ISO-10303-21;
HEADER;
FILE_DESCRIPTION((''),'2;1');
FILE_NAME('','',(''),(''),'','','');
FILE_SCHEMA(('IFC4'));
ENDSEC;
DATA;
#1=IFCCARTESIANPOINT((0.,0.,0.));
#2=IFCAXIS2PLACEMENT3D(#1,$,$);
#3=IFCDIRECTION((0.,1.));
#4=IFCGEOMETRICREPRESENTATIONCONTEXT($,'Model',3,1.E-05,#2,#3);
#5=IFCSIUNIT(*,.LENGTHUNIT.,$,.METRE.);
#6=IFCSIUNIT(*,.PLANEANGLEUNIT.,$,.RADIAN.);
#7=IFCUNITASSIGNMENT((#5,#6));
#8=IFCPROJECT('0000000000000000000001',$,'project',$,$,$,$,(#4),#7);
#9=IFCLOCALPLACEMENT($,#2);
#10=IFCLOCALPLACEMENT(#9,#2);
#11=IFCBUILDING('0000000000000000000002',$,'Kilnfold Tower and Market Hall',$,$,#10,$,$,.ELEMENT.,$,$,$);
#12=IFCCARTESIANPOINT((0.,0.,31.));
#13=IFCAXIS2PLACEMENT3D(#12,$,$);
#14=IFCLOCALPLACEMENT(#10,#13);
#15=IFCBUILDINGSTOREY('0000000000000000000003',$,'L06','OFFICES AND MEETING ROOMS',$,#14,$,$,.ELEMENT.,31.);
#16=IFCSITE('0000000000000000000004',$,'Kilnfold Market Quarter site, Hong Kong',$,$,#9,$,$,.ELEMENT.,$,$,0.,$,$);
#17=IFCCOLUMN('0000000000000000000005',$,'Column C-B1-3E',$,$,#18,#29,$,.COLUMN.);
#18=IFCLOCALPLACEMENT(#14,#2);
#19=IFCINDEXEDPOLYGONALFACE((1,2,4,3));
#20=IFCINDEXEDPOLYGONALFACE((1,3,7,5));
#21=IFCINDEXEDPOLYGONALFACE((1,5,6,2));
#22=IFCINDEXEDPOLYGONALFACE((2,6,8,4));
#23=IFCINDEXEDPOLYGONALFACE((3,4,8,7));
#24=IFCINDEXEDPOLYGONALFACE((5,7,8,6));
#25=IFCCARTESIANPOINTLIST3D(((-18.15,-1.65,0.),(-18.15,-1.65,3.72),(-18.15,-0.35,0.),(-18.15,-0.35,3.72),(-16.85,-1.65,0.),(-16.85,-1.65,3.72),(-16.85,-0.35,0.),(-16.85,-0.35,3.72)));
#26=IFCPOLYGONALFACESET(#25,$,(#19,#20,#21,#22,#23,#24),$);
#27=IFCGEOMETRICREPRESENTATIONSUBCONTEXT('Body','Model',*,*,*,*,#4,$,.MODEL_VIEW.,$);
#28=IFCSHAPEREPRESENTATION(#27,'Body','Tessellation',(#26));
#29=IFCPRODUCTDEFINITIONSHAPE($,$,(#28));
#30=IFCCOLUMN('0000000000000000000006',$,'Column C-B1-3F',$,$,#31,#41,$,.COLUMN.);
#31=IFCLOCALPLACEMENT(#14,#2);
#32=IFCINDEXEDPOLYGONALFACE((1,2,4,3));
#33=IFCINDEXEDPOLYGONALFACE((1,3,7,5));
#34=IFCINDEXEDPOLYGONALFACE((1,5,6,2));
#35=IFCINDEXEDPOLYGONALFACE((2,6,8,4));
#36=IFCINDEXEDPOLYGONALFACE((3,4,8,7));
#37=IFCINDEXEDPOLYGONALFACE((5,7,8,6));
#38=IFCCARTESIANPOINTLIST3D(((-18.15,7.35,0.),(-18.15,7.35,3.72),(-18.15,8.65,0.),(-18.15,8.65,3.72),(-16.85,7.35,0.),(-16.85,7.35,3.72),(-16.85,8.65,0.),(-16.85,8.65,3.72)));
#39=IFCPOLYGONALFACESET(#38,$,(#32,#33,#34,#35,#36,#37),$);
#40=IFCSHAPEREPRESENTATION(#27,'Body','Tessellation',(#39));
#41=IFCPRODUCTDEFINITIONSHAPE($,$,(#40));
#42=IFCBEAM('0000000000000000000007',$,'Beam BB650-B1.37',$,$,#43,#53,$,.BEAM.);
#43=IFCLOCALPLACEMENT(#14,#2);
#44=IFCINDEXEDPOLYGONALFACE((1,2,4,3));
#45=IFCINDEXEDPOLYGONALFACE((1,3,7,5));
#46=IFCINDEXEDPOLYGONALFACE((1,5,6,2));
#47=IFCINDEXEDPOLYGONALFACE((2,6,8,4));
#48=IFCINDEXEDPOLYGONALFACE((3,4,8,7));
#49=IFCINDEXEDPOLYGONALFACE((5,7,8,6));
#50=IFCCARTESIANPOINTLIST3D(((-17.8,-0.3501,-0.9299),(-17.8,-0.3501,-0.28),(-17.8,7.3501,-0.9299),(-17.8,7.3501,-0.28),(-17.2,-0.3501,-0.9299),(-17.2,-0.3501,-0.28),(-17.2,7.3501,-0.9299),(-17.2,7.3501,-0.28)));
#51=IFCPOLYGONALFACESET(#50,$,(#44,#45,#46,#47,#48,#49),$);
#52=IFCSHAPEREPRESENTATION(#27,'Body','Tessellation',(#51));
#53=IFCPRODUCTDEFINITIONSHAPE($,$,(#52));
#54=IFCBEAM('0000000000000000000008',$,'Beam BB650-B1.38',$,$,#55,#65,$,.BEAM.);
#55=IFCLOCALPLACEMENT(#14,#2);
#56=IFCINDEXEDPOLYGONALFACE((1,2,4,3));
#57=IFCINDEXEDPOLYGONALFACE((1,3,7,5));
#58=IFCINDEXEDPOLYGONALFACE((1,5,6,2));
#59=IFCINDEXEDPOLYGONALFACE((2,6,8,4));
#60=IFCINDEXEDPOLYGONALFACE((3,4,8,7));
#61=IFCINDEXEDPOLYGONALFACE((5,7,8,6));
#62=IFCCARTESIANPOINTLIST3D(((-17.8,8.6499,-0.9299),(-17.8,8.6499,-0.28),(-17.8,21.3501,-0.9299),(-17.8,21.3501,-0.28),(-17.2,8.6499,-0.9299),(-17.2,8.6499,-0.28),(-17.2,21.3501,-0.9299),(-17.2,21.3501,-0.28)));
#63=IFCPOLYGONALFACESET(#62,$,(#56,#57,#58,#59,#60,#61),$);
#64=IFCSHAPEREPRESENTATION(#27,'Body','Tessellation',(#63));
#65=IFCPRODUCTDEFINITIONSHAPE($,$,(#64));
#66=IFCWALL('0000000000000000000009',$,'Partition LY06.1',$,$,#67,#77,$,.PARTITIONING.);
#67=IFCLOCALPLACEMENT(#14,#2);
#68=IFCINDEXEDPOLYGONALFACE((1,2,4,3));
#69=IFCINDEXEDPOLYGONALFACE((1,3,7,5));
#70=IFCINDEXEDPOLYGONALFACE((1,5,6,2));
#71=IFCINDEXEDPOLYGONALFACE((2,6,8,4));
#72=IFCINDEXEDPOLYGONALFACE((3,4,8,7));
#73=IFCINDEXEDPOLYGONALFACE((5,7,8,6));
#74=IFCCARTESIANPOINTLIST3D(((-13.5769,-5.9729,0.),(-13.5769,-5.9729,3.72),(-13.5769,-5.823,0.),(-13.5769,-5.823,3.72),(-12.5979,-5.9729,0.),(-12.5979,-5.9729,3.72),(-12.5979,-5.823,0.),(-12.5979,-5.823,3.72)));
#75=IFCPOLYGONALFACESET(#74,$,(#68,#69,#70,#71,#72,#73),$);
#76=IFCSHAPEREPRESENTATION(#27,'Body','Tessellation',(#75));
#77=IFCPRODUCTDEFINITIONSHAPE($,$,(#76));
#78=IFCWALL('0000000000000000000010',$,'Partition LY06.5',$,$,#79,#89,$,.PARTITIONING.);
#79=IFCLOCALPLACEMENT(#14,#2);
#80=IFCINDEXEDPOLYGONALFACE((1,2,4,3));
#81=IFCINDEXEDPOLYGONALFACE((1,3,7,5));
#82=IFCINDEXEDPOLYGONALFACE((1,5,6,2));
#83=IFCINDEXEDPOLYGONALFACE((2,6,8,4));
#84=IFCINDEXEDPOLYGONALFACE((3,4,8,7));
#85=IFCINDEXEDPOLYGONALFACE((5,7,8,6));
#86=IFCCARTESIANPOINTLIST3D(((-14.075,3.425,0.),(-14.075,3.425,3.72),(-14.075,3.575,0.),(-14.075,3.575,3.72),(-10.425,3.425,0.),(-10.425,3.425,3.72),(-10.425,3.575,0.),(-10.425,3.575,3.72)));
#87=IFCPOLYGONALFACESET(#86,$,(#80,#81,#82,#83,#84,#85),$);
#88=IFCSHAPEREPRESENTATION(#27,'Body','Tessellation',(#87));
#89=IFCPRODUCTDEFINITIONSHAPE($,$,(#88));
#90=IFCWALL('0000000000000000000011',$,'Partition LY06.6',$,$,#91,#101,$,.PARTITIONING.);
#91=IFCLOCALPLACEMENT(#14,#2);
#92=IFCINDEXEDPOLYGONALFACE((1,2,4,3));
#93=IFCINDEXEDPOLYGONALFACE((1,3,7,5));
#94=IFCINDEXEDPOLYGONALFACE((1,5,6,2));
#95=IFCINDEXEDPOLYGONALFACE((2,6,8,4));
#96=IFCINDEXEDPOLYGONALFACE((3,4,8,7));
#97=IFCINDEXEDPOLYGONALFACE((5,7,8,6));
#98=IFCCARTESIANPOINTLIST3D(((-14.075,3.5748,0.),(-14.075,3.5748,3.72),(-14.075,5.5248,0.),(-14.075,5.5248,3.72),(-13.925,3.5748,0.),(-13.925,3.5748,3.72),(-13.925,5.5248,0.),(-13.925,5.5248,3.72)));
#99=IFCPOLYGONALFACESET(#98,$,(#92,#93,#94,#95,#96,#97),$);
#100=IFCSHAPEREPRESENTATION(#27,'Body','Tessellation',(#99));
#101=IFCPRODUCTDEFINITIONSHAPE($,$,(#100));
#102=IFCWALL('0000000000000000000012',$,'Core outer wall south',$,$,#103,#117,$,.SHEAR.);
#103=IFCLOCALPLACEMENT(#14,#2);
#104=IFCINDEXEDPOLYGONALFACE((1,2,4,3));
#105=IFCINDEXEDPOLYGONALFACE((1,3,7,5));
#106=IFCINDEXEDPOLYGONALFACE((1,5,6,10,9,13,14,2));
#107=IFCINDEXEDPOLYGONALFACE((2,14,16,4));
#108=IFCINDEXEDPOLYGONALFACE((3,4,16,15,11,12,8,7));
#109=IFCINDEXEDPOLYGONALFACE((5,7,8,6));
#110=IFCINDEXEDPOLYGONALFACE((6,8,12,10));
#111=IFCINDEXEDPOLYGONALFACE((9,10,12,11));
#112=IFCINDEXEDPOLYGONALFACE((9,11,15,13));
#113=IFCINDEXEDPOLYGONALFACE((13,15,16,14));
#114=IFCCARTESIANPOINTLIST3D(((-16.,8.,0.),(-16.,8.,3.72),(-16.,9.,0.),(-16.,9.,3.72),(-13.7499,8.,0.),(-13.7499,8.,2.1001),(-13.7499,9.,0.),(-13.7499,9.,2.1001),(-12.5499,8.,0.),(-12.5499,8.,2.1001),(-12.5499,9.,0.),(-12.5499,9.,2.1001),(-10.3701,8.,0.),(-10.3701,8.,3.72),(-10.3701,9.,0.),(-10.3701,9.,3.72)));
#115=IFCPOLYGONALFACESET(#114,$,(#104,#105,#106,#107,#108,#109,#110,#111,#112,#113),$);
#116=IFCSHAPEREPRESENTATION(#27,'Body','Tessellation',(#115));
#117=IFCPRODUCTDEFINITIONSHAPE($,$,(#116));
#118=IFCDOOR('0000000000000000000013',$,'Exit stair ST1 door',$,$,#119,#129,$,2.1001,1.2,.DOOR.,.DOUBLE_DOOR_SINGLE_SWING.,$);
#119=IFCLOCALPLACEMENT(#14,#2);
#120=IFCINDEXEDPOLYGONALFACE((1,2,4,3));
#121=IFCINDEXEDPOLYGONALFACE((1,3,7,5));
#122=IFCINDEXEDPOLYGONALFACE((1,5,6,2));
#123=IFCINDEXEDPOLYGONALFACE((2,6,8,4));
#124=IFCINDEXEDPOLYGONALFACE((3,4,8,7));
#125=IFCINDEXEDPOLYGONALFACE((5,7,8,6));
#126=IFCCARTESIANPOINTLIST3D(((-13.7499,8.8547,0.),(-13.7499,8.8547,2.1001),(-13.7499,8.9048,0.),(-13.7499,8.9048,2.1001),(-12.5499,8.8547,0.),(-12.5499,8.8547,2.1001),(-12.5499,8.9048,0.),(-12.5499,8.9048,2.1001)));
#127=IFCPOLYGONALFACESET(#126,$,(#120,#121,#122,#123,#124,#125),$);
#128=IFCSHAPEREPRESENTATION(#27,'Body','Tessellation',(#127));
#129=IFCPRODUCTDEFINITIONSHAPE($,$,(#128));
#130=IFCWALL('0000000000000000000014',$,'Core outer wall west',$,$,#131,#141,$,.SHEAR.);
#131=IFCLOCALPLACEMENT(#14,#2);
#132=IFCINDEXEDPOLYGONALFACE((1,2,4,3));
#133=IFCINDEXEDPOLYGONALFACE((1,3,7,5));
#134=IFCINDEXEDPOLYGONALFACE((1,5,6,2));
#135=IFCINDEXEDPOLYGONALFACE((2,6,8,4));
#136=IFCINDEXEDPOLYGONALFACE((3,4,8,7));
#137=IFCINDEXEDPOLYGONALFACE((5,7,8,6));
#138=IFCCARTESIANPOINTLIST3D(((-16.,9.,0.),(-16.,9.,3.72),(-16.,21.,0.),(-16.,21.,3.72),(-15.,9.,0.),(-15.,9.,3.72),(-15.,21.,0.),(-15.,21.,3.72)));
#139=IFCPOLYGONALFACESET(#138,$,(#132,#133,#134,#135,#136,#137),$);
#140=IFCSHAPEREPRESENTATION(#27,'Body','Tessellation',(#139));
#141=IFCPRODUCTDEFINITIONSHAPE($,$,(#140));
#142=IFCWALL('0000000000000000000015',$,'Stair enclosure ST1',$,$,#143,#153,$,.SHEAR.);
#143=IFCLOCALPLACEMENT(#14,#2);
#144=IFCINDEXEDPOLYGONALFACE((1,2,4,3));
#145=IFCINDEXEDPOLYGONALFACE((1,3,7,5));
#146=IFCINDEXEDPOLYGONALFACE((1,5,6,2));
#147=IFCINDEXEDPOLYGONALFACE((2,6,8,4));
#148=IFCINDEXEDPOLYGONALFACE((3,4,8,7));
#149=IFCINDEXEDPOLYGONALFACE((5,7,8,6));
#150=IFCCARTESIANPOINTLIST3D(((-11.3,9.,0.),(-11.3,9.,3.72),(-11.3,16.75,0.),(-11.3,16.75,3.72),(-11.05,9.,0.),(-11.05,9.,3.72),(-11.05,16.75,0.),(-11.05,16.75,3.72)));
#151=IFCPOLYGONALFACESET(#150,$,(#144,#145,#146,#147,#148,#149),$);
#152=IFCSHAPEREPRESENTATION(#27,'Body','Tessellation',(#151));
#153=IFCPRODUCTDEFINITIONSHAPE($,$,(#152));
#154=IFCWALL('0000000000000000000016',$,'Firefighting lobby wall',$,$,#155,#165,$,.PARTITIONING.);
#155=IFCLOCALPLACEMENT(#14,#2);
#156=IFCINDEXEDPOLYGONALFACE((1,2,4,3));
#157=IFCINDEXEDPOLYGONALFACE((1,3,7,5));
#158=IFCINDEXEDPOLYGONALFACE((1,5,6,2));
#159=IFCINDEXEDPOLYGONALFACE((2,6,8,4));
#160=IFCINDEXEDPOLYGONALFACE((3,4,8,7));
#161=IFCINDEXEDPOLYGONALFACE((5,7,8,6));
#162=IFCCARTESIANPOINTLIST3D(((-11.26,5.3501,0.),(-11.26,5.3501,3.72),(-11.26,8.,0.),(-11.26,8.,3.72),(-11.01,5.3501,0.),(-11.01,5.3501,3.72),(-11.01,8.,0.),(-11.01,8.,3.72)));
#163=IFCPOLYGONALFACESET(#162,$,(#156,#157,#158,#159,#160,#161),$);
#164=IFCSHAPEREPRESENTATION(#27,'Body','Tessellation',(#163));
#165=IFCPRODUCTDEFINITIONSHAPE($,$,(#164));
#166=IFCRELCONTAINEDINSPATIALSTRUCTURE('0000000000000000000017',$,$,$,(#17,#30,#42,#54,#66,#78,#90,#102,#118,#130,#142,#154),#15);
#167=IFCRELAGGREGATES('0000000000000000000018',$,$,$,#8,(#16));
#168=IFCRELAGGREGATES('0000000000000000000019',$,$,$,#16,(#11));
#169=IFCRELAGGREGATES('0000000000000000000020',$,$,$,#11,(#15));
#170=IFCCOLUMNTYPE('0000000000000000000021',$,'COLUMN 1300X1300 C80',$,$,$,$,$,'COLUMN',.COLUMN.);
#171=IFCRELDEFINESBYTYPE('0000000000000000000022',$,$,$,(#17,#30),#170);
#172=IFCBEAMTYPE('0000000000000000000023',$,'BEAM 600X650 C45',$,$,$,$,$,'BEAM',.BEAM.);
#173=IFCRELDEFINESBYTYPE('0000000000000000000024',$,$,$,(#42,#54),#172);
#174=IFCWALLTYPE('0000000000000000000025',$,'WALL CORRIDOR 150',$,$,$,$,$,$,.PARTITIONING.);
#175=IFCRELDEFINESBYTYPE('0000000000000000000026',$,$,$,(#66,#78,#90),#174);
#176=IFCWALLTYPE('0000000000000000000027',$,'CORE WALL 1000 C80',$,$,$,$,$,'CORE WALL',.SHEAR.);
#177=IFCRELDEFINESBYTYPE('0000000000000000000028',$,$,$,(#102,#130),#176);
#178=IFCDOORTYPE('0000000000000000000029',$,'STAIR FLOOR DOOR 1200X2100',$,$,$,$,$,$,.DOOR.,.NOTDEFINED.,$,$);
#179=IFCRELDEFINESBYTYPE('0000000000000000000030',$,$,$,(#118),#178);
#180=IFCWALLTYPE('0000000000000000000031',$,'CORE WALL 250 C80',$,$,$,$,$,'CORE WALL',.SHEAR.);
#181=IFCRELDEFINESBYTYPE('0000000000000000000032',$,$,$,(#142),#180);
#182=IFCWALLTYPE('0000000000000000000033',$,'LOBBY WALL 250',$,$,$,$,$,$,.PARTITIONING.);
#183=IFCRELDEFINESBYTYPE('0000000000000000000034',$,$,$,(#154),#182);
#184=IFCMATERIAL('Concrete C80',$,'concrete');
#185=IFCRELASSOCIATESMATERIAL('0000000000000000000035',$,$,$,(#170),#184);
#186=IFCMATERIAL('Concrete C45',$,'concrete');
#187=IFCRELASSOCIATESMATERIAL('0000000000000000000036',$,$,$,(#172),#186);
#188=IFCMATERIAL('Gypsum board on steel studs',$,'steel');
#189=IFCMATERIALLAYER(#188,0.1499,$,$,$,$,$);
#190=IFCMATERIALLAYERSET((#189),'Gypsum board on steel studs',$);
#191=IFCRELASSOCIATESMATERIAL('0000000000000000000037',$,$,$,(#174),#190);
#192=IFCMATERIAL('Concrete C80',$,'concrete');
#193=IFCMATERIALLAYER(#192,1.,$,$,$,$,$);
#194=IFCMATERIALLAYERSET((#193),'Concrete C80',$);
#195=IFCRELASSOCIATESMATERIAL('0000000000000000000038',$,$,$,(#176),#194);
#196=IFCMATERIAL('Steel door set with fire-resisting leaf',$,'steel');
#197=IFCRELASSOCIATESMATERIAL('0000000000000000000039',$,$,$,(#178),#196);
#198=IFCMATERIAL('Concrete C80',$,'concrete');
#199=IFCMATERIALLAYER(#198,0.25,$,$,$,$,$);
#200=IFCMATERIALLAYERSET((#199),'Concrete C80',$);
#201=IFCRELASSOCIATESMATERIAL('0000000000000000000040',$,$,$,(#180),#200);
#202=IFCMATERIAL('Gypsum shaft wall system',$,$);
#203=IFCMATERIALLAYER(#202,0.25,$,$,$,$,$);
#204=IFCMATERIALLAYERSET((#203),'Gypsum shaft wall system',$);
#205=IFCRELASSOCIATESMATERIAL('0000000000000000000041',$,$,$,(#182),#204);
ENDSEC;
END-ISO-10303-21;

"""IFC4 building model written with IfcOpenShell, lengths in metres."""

from ifc_helpers import new_model, si_unit, direction, frame, frame_2d, origin, origin_2d, place, context, subcontext, project, spatial, rectangle, extrude, source, transform, mapped, material, layer, layer_set, material_profile, profile_set, type_object, element, fill, save


model = new_model("IFC4")

# Units and contexts
model_context = context("Model", 3, precision=1e-05, world=origin(), true_north=direction((0.0, 1.0)))
body_context = subcontext(model_context, "Body", "Model", "MODEL_VIEW")
ifc_project = project(units=[si_unit("LENGTHUNIT", "METRE"), si_unit("PLANEANGLEUNIT", "RADIAN")], contexts=[model_context])

# Site, building, storey
site_placement = place(None, origin())
site = spatial("IfcSite", under=ifc_project, at=site_placement, Name="Kilnfold Market Quarter site, Hong Kong", CompositionType="ELEMENT", RefElevation=0.0)
building_placement = place(site_placement, origin())
building = spatial("IfcBuilding", under=site, at=building_placement, Name="Kilnfold Tower and Market Hall", CompositionType="ELEMENT")
storey_placement = place(building_placement, frame((0.0, 0.0, 31.0)))
storey = spatial("IfcBuildingStorey", under=building, at=storey_placement, Name="L06", Description="OFFICES AND MEETING ROOMS", CompositionType="ELEMENT", Elevation=31.0)

# Columns
ifc_material_1 = material(Name="Concrete C80", Category="concrete")
ifc_material_profile_1 = material_profile(ifc_material_1, rectangle(XDim=1.3, YDim=1.3, at=origin_2d()), Name="RC 1300x1300")
ifc_profile_set_1 = profile_set([ifc_material_profile_1], Name="Concrete C80")
column_type = type_object("IfcColumnType", Name="COLUMN 1300X1300 C80", ElementType="COLUMN", PredefinedType="COLUMN", material=ifc_profile_set_1)
shared_shape_1 = source(origin(), body_context, "Body", "SweptSolid", [
    extrude(rectangle(XDim=1.3, YDim=1.3, at=origin_2d()), origin(), (0.0, 0.0, 1.0), 3.72),
])
for number, where, z_axis, x_axis, name in (
    (1, (-17.5, -1.0, 0.0), (0.0, 0.0, 1.0), (1.0, 0.0, 0.0), "Column C-B1-3E"),
    (2, (-17.5, 8.0, 0.0), (0.0, 0.0, 1.0), (1.0, 0.0, 0.0), "Column C-B1-3F"),
):
    element("IfcColumn", number, at=place(storey_placement, frame(where, z_axis=z_axis, x_axis=x_axis)), inside=storey, type_object=column_type, Name=name, PredefinedType="COLUMN", context=body_context, shape_type="MappedRepresentation", body=[
        mapped(shared_shape_1, transform((0.0, 0.0, 0.0))),
    ])

# Beams
ifc_material_2 = material(Name="Concrete C45", Category="concrete")
ifc_material_profile_2 = material_profile(ifc_material_2, rectangle(XDim=0.6001, YDim=0.6499, at=origin_2d()), Name="RC 600x650")
ifc_profile_set_2 = profile_set([ifc_material_profile_2], Name="Concrete C45")
beam_type = type_object("IfcBeamType", Name="BEAM 600X650 C45", ElementType="BEAM", PredefinedType="BEAM", material=ifc_profile_set_2)
shared_shape_2 = source(origin(), body_context, "Body", "SweptSolid", [
    extrude(rectangle(XDim=0.6001, YDim=0.6499, at=origin_2d()), origin(), (0.0, 0.0, 1.0), 7.7002),
])
beam_1_placement = place(storey_placement, frame((-17.5, -0.3501, -0.605), z_axis=(0.0, 1.0, 0.0), x_axis=(-1.0, 0.0, 0.0)))
element("IfcBeam", 3, at=beam_1_placement, inside=storey, type_object=beam_type, Name="Beam BB650-B1.37", PredefinedType="BEAM", context=body_context, shape_type="MappedRepresentation", body=[
    mapped(shared_shape_2, transform((0.0, 0.0, 0.0))),
])
shared_shape_3 = source(origin(), body_context, "Body", "SweptSolid", [
    extrude(rectangle(XDim=0.6001, YDim=0.6499, at=origin_2d()), origin(), (0.0, 0.0, 1.0), 12.7002),
])
beam_2_placement = place(storey_placement, frame((-17.5, 8.6499, -0.605), z_axis=(0.0, 1.0, 0.0), x_axis=(-1.0, 0.0, 0.0)))
element("IfcBeam", 4, at=beam_2_placement, inside=storey, type_object=beam_type, Name="Beam BB650-B1.38", PredefinedType="BEAM", context=body_context, shape_type="MappedRepresentation", body=[
    mapped(shared_shape_3, transform((0.0, 0.0, 0.0))),
])

# Walls
ifc_material_3 = material(Name="Gypsum board on steel studs", Category="steel")
ifc_layer_1 = layer(ifc_material_3, 0.1499)
ifc_layer_set_1 = layer_set([ifc_layer_1], Name="Gypsum board on steel studs")
wall_type_1 = type_object("IfcWallType", Name="WALL CORRIDOR 150", PredefinedType="PARTITIONING", material=ifc_layer_set_1)
wall_1_placement = place(storey_placement, frame((-12.5979, -5.8979, 0.0), z_axis=(0.0, 0.0, 1.0), x_axis=(-1.0, 0.0, 0.0)))
element("IfcWall", 5, at=wall_1_placement, inside=storey, type_object=wall_type_1, Name="Partition LY06.1", PredefinedType="PARTITIONING", context=body_context, shape_type="SweptSolid", body=[
    extrude(rectangle(XDim=0.979, YDim=0.1499, at=frame_2d((0.4895, 0.0))), origin(), (0.0, 0.0, 1.0), 3.72),
])
wall_2_placement = place(storey_placement, frame((-14.075, 3.5, 0.0), z_axis=(0.0, 0.0, 1.0), x_axis=(1.0, 0.0, 0.0)))
element("IfcWall", 6, at=wall_2_placement, inside=storey, type_object=wall_type_1, Name="Partition LY06.5", PredefinedType="PARTITIONING", context=body_context, shape_type="SweptSolid", body=[
    extrude(rectangle(XDim=3.6499, YDim=0.1499, at=frame_2d((1.825, 0.0))), origin(), (0.0, 0.0, 1.0), 3.72),
])
wall_3_placement = place(storey_placement, frame((-14.0, 5.5249, 0.0), z_axis=(0.0, 0.0, 1.0), x_axis=(0.0, -1.0, 0.0)))
element("IfcWall", 7, at=wall_3_placement, inside=storey, type_object=wall_type_1, Name="Partition LY06.6", PredefinedType="PARTITIONING", context=body_context, shape_type="SweptSolid", body=[
    extrude(rectangle(XDim=1.95, YDim=0.1499, at=frame_2d((0.9751, 0.0))), origin(), (0.0, 0.0, 1.0), 3.72),
])

# Wall, opening, door
ifc_material_4 = material(Name="Concrete C80", Category="concrete")
ifc_layer_2 = layer(ifc_material_4, 1.0)
ifc_layer_set_2 = layer_set([ifc_layer_2], Name="Concrete C80")
wall_type_2 = type_object("IfcWallType", Name="CORE WALL 1000 C80", ElementType="CORE WALL", PredefinedType="SHEAR", material=ifc_layer_set_2)
shared_shape_4 = source(origin(), body_context, "Body", "SweptSolid", [
    extrude(rectangle(XDim=5.6299, YDim=1.0, at=frame_2d((2.8149, 0.0))), origin(), (0.0, 0.0, 1.0), 3.72),
])
wall_4_placement = place(storey_placement, frame((-16.0, 8.5, 0.0), z_axis=(0.0, 0.0, 1.0), x_axis=(1.0, 0.0, 0.0)))
wall_4 = element("IfcWall", 8, at=wall_4_placement, inside=storey, type_object=wall_type_2, Name="Core outer wall south", PredefinedType="SHEAR", context=body_context, shape_type="MappedRepresentation", body=[
    mapped(shared_shape_4, transform((0.0, 0.0, 0.0))),
])
opening_1_placement = place(wall_4_placement, frame((2.25, 0.0, 0.0)))
opening_1 = element("IfcOpeningElement", 9, at=opening_1_placement, cuts=wall_4, PredefinedType="OPENING", context=body_context, shape_type="SweptSolid", body=[
    extrude(rectangle(XDim=1.2, YDim=2.1001, at=frame_2d((0.6001, 1.05))), frame((0.0, 0.51, 0.0), z_axis=(0.0, -1.0, 0.0), x_axis=(1.0, 0.0, 0.0)), (0.0, 0.0, 1.0), 1.02),
])
ifc_material_5 = material(Name="Steel door set with fire-resisting leaf", Category="steel")
door_type_1 = type_object("IfcDoorType", Name="STAIR FLOOR DOOR 1200X2100", OperationType="NOTDEFINED", PredefinedType="DOOR", material=ifc_material_5)
door_1_placement = place(opening_1_placement, origin())
door_1 = element("IfcDoor", 10, at=door_1_placement, inside=storey, type_object=door_type_1, Name="Exit stair ST1 door", OperationType="DOUBLE_DOOR_SINGLE_SWING", OverallHeight=2.1001, OverallWidth=1.2, PredefinedType="DOOR", context=body_context, shape_type="SweptSolid", body=[
    extrude(rectangle(XDim=1.2, YDim=2.1001, at=frame_2d((0.6001, 1.05))), frame((0.0, 0.4048, 0.0), z_axis=(0.0, -1.0, 0.0), x_axis=(1.0, 0.0, 0.0)), (0.0, 0.0, 1.0), 0.05),
])
fill(opening_1, door_1)

# Walls
shared_shape_5 = source(origin(), body_context, "Body", "SweptSolid", [
    extrude(rectangle(XDim=12.0, YDim=1.0, at=frame_2d((6.0, 0.0))), origin(), (0.0, 0.0, 1.0), 3.72),
])
wall_5_placement = place(storey_placement, frame((-15.5, 9.0, 0.0), z_axis=(0.0, 0.0, 1.0), x_axis=(0.0, 1.0, 0.0)))
element("IfcWall", 11, at=wall_5_placement, inside=storey, type_object=wall_type_2, Name="Core outer wall west", PredefinedType="SHEAR", context=body_context, shape_type="MappedRepresentation", body=[
    mapped(shared_shape_5, transform((0.0, 0.0, 0.0))),
])
ifc_material_6 = material(Name="Concrete C80", Category="concrete")
ifc_layer_3 = layer(ifc_material_6, 0.25)
ifc_layer_set_3 = layer_set([ifc_layer_3], Name="Concrete C80")
wall_type_3 = type_object("IfcWallType", Name="CORE WALL 250 C80", ElementType="CORE WALL", PredefinedType="SHEAR", material=ifc_layer_set_3)
shared_shape_6 = source(origin(), body_context, "Body", "SweptSolid", [
    extrude(rectangle(XDim=7.75, YDim=0.25, at=frame_2d((3.875, 0.0))), origin(), (0.0, 0.0, 1.0), 3.72),
])
wall_6_placement = place(storey_placement, frame((-11.175, 9.0, 0.0), z_axis=(0.0, 0.0, 1.0), x_axis=(0.0, 1.0, 0.0)))
element("IfcWall", 12, at=wall_6_placement, inside=storey, type_object=wall_type_3, Name="Stair enclosure ST1", PredefinedType="SHEAR", context=body_context, shape_type="MappedRepresentation", body=[
    mapped(shared_shape_6, transform((0.0, 0.0, 0.0))),
])
ifc_material_7 = material(Name="Gypsum shaft wall system")
ifc_layer_4 = layer(ifc_material_7, 0.25)
ifc_layer_set_4 = layer_set([ifc_layer_4], Name="Gypsum shaft wall system")
wall_type_4 = type_object("IfcWallType", Name="LOBBY WALL 250", PredefinedType="PARTITIONING", material=ifc_layer_set_4)
shared_shape_7 = source(origin(), body_context, "Body", "SweptSolid", [
    extrude(rectangle(XDim=2.6499, YDim=0.25, at=frame_2d((1.325, 0.0))), origin(), (0.0, 0.0, 1.0), 3.72),
])
wall_7_placement = place(storey_placement, frame((-11.135, 5.3501, 0.0), z_axis=(0.0, 0.0, 1.0), x_axis=(0.0, 1.0, 0.0)))
element("IfcWall", 13, at=wall_7_placement, inside=storey, type_object=wall_type_4, Name="Firefighting lobby wall", PredefinedType="PARTITIONING", context=body_context, shape_type="MappedRepresentation", body=[
    mapped(shared_shape_7, transform((0.0, 0.0, 0.0))),
])

save(model, "model.ifc")
